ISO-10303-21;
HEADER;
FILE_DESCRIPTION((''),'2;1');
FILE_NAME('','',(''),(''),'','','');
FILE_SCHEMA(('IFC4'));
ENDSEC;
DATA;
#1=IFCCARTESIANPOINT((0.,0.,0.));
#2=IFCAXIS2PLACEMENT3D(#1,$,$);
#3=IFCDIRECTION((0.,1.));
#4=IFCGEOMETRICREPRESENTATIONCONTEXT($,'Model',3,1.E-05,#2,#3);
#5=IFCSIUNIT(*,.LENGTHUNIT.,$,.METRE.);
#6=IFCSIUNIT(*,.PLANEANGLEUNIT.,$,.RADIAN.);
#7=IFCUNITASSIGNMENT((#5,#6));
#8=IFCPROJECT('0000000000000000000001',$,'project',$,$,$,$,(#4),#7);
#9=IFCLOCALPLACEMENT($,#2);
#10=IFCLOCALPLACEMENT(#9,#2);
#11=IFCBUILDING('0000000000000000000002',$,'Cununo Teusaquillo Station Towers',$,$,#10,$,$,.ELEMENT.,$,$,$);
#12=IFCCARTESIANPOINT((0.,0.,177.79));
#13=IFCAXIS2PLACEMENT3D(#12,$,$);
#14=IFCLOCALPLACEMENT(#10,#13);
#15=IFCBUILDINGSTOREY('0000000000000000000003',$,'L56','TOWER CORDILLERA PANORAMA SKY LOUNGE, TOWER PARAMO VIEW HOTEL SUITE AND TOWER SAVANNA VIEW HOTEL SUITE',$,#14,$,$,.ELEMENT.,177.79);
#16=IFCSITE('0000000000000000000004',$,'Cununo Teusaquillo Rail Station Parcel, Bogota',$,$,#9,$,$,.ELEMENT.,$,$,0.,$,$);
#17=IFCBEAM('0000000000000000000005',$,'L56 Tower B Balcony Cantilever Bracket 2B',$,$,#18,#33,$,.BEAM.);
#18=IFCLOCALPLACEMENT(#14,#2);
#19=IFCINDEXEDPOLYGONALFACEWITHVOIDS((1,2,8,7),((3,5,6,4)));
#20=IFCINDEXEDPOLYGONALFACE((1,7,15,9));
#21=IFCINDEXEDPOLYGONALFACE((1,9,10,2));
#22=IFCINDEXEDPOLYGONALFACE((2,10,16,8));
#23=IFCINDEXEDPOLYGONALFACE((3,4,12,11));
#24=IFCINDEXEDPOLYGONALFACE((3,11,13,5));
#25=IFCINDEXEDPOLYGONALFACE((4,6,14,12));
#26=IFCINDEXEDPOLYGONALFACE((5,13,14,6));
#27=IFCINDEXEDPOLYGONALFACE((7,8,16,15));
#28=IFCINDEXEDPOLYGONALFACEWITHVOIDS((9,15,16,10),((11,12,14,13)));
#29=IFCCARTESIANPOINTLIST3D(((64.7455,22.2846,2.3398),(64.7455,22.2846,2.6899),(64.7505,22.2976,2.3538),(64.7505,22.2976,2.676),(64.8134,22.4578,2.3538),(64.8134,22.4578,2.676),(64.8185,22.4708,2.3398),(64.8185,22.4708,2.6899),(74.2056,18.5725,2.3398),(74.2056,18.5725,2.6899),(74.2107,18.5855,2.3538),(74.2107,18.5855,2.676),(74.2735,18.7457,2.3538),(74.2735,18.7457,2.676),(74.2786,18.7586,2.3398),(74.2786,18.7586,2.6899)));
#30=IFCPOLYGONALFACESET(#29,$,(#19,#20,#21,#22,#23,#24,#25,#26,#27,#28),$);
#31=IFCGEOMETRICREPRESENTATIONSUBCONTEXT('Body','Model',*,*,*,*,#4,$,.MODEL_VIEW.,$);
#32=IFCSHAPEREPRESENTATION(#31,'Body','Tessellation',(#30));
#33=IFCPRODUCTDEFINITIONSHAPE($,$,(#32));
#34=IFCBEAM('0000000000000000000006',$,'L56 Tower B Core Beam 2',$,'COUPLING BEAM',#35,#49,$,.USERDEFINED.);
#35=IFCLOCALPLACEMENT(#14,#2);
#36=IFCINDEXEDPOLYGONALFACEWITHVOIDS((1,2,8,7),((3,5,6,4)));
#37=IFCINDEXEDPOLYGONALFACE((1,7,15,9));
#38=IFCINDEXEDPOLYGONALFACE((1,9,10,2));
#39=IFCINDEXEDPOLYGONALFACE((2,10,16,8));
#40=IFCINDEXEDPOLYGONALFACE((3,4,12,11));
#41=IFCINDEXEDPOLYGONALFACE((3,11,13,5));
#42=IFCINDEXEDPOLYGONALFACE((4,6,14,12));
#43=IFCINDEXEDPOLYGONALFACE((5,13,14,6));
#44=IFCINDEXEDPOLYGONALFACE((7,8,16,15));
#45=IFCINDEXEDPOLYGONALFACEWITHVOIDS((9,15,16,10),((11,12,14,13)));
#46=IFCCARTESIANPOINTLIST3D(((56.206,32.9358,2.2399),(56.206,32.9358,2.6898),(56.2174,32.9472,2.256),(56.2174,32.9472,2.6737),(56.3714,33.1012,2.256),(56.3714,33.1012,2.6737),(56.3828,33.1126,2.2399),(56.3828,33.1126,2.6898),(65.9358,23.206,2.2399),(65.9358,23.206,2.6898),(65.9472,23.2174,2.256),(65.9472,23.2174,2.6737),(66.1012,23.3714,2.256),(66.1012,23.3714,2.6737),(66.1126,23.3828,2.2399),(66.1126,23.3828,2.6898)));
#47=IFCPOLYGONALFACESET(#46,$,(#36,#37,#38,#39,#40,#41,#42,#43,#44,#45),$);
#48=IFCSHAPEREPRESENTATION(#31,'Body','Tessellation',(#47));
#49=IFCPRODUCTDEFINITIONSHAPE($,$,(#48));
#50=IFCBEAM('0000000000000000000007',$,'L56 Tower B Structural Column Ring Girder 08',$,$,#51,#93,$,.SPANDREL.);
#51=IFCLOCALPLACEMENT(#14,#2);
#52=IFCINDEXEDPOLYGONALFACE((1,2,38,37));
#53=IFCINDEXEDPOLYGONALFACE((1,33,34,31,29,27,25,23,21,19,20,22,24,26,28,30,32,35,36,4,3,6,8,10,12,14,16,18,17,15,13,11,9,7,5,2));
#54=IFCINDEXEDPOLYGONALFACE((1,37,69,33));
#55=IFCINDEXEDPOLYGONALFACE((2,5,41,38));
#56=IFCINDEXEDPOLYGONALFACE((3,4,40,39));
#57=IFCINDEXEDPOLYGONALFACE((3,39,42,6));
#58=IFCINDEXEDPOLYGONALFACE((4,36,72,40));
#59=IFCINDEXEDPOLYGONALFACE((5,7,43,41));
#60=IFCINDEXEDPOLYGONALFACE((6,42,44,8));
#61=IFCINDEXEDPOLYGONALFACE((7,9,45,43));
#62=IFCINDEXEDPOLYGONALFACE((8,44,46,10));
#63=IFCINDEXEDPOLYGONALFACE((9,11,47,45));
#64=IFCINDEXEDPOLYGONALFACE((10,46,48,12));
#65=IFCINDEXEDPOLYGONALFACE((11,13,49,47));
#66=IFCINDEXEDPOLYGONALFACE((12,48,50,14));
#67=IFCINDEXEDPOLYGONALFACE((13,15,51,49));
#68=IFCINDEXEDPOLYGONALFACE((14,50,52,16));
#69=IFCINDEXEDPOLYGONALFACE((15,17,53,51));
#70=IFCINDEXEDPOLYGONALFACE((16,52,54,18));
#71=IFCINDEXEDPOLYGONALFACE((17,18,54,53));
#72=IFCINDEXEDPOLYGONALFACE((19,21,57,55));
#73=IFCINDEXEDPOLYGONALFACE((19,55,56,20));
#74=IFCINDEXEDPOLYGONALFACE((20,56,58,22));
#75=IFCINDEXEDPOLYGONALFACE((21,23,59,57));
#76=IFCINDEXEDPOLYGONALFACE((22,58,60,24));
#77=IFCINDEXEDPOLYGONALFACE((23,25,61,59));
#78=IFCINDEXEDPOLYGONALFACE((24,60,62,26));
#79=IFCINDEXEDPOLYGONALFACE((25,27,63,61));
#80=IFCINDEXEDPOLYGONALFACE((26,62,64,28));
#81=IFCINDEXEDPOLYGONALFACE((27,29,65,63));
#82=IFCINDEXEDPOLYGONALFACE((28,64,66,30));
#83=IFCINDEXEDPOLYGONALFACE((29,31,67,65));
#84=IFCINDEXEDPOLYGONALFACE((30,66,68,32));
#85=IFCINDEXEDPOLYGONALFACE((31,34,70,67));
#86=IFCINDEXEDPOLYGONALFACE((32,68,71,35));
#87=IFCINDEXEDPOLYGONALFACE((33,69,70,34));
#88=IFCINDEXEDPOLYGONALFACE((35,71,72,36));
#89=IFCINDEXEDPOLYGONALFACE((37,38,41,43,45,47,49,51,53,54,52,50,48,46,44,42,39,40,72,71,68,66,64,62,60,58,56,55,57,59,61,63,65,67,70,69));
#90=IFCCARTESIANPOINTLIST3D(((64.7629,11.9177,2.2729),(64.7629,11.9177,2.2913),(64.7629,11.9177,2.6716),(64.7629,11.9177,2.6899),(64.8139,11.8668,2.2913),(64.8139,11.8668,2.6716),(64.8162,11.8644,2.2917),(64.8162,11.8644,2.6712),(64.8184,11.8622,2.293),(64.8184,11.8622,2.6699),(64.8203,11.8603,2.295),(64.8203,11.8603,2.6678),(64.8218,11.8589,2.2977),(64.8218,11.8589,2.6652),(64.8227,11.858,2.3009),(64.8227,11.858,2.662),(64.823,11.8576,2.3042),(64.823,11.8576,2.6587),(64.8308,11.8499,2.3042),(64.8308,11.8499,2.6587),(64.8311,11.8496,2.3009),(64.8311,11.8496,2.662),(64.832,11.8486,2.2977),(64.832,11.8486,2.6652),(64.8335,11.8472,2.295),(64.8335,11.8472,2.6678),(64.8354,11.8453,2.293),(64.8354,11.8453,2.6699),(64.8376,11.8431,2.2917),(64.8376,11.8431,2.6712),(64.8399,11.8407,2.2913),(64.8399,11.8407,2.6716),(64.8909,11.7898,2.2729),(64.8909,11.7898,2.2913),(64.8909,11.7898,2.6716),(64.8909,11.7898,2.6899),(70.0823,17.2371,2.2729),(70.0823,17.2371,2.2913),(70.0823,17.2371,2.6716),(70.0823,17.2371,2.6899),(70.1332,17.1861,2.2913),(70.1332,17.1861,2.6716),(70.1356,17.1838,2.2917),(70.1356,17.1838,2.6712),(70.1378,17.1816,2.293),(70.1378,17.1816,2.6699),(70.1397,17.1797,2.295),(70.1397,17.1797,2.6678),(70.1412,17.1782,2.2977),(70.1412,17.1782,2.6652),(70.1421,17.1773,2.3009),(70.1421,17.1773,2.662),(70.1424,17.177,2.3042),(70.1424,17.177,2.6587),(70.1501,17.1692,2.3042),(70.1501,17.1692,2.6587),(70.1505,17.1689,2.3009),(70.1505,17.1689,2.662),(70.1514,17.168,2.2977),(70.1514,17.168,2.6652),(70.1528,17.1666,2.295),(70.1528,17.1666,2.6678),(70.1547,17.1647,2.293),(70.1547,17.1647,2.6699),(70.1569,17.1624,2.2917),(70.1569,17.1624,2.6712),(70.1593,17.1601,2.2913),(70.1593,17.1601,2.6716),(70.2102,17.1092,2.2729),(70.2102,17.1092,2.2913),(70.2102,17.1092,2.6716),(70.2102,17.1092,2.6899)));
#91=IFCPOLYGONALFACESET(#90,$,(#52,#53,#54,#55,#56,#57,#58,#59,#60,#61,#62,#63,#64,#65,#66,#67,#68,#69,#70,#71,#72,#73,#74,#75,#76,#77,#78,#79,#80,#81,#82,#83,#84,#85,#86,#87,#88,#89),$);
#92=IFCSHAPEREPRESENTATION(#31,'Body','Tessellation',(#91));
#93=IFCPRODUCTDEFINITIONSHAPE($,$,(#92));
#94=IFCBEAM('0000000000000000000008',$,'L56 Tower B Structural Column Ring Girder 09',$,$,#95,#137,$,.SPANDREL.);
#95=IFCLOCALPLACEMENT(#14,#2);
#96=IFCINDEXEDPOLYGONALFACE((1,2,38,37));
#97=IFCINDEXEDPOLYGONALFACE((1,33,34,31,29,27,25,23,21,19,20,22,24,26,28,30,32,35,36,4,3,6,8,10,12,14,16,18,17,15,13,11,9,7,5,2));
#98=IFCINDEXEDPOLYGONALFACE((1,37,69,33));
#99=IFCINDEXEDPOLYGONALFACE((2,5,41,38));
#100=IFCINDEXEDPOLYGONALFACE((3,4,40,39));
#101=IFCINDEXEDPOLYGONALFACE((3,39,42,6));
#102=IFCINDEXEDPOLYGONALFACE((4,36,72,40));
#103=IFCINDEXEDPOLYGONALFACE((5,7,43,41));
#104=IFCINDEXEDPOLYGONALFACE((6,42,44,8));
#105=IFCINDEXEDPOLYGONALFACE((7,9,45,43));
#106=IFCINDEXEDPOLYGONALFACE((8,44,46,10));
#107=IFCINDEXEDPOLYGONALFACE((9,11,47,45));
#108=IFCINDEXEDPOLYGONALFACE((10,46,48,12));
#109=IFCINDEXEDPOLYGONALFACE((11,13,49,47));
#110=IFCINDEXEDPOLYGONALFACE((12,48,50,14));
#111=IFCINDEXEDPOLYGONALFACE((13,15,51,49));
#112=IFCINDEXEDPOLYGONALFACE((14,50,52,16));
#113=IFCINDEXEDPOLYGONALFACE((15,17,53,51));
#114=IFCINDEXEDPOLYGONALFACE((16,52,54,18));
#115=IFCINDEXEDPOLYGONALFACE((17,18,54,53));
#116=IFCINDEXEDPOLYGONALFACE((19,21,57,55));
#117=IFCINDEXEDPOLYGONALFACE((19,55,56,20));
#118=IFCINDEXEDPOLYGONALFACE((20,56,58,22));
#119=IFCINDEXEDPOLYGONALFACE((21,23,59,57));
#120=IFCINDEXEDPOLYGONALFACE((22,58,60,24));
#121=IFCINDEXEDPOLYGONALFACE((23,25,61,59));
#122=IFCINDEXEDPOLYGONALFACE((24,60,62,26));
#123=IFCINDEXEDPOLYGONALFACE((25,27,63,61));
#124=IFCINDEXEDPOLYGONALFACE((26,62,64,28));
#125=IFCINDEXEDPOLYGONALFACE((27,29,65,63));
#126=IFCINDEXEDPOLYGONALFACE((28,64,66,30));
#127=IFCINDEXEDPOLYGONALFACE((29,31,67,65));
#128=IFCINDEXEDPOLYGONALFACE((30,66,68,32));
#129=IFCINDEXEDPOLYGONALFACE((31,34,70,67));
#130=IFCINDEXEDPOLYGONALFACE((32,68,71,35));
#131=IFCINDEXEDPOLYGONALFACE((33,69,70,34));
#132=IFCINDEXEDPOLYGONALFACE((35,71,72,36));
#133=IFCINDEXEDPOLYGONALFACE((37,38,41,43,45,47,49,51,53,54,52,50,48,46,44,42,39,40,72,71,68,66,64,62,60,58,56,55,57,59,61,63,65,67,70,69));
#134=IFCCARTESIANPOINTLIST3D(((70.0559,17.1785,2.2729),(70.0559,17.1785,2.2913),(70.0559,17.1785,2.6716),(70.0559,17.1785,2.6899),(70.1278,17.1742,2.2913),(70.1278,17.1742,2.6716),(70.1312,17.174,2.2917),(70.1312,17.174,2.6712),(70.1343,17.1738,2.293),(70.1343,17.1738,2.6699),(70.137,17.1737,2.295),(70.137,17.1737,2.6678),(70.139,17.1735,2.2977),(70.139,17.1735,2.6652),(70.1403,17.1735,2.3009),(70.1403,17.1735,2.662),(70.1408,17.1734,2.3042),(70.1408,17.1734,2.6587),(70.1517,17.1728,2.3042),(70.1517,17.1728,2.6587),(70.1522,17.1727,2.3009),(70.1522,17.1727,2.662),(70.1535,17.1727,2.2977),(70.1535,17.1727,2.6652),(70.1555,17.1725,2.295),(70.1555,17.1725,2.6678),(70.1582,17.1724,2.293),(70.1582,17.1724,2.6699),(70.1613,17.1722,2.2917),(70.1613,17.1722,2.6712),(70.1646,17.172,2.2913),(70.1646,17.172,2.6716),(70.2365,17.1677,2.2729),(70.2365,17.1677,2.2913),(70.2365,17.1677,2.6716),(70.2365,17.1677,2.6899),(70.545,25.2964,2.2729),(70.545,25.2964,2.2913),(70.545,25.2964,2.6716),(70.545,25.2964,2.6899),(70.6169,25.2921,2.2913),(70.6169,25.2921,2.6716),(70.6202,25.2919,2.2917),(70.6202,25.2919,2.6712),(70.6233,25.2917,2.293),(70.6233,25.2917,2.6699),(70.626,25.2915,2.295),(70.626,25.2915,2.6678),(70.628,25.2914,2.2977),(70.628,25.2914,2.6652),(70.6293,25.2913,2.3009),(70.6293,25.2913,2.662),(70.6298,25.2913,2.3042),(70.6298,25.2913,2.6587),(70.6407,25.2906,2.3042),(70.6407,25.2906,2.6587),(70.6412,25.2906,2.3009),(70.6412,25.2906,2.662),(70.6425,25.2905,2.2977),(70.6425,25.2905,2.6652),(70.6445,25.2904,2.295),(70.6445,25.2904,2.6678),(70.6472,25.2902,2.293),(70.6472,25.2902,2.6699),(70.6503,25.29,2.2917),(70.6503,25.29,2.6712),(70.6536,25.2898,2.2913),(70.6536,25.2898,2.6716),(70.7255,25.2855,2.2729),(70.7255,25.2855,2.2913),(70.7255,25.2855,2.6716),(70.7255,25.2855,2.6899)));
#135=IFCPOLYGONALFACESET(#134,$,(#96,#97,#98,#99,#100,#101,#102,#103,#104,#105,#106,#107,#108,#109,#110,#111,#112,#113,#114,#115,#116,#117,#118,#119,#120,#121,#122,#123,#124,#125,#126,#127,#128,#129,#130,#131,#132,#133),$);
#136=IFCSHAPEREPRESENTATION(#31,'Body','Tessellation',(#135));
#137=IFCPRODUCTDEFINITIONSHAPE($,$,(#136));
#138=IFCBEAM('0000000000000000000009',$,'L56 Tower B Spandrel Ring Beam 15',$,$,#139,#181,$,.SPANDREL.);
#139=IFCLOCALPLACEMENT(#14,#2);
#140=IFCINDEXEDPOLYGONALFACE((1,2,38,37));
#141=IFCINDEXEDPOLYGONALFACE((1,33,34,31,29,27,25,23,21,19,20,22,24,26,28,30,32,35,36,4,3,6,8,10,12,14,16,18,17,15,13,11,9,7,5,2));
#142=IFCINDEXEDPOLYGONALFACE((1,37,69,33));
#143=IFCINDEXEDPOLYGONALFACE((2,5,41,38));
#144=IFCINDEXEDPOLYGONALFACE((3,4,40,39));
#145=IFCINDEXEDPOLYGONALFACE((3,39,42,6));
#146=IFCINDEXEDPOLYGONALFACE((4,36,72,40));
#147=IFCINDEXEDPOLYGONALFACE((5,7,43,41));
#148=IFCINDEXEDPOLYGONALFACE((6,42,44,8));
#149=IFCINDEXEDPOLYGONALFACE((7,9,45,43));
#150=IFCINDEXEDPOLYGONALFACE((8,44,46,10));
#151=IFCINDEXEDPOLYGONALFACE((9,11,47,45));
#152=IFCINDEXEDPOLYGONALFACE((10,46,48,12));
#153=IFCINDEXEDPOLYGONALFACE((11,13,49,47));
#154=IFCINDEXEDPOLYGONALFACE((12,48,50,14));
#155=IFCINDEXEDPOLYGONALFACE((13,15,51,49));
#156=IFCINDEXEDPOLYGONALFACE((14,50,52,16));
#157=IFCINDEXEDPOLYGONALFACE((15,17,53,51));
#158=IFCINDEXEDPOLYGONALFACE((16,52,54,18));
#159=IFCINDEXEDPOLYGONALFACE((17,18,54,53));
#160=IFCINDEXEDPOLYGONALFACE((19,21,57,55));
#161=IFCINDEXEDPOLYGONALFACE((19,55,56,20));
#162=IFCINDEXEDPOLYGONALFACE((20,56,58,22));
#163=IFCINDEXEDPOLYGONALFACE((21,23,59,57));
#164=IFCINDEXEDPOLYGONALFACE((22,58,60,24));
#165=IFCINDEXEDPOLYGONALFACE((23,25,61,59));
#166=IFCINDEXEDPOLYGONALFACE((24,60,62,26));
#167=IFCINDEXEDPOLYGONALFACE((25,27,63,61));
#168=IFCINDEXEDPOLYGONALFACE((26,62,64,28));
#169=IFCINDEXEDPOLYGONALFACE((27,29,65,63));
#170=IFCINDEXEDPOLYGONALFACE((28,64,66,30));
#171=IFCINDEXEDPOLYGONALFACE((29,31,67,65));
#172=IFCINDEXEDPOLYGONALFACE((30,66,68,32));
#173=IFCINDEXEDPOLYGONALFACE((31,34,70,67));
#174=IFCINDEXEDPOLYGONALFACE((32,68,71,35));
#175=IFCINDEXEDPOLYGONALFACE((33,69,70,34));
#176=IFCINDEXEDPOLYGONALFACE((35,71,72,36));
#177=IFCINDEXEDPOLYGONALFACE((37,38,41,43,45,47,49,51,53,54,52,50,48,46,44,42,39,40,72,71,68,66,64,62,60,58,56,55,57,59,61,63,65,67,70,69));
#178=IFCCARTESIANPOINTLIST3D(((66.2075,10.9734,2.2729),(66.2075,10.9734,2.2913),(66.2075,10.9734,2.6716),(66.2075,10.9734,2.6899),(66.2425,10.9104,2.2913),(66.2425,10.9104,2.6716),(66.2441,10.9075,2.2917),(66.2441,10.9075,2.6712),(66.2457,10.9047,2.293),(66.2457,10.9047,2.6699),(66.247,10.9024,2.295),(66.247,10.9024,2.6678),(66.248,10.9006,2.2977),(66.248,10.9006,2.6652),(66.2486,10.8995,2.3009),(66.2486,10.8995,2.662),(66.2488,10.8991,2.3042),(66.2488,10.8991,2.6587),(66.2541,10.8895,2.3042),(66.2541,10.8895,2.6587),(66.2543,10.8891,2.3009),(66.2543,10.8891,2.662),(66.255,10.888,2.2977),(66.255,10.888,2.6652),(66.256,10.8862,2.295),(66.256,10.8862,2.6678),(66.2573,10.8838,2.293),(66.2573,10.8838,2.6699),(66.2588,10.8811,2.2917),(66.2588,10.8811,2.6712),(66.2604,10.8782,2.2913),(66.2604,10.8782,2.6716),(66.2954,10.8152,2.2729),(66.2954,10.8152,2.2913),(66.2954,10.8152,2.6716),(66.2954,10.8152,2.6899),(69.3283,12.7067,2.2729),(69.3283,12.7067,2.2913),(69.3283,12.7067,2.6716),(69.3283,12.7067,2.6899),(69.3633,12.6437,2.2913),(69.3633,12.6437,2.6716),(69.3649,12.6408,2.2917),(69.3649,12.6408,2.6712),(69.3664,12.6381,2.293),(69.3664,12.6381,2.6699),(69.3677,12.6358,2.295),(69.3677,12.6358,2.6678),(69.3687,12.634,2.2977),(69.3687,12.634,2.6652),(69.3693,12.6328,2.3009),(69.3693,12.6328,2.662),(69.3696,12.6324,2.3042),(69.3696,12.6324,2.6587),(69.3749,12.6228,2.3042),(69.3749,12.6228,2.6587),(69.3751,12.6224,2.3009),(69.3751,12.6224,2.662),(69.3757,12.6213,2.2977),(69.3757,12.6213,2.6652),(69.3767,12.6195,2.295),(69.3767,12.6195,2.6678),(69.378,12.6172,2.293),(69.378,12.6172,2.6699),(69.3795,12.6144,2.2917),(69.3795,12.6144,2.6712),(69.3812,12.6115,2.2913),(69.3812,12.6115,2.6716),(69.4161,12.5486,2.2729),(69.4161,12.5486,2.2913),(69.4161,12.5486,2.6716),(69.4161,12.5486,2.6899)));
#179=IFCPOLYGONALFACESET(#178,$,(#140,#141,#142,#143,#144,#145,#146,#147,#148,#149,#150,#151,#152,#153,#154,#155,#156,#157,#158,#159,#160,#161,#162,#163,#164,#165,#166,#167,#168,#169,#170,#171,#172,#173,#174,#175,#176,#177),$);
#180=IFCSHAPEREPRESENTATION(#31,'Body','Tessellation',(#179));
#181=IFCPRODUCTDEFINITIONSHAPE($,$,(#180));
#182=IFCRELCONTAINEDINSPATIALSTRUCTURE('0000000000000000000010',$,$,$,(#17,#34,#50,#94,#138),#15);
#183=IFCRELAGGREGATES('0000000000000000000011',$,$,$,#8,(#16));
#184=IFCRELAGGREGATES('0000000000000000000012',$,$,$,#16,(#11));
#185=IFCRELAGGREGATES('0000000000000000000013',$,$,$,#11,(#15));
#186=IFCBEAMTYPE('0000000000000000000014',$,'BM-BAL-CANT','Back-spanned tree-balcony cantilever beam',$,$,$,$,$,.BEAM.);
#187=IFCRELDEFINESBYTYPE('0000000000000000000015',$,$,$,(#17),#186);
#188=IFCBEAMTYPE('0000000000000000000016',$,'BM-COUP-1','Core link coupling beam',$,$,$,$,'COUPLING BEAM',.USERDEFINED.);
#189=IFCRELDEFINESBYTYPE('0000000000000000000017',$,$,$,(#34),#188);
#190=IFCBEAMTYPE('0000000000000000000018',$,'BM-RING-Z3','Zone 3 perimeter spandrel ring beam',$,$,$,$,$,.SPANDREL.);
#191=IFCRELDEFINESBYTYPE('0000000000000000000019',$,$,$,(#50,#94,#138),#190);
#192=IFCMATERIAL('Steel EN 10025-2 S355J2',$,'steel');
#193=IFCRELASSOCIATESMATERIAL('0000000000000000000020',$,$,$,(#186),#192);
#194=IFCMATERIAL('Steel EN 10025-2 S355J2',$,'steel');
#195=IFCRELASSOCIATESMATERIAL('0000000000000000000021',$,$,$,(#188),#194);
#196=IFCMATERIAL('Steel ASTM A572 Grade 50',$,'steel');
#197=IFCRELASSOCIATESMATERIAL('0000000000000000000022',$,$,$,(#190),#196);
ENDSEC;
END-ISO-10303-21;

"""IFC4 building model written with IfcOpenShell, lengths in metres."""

from ifc_helpers import new_model, si_unit, direction, frame, origin, origin_2d, place, context, subcontext, project, spatial, hollow_rectangle, i_section, extrude, material, material_profile, profile_set, type_object, element, save


model = new_model("IFC4")

# Units and contexts
model_context = context("Model", 3, precision=1e-05, world=origin(), true_north=direction((0.0, 1.0)))
body_context = subcontext(model_context, "Body", "Model", "MODEL_VIEW")
ifc_project = project(units=[si_unit("LENGTHUNIT", "METRE"), si_unit("PLANEANGLEUNIT", "RADIAN")], contexts=[model_context])

# Site, building, storey
site_placement = place(None, origin())
site = spatial("IfcSite", under=ifc_project, at=site_placement, Name="Cununo Teusaquillo Rail Station Parcel, Bogota", CompositionType="ELEMENT", RefElevation=0.0)
building_placement = place(site_placement, origin())
building = spatial("IfcBuilding", under=site, at=building_placement, Name="Cununo Teusaquillo Station Towers", CompositionType="ELEMENT")
storey_placement = place(building_placement, frame((0.0, 0.0, 177.79)))
storey = spatial("IfcBuildingStorey", under=building, at=storey_placement, Name="L56", Description="TOWER CORDILLERA PANORAMA SKY LOUNGE, TOWER PARAMO VIEW HOTEL SUITE AND TOWER SAVANNA VIEW HOTEL SUITE", CompositionType="ELEMENT", Elevation=177.79)

# Beams
ifc_material_1 = material(Name="Steel EN 10025-2 S355J2", Category="steel")
ifc_material_profile_1 = material_profile(ifc_material_1, hollow_rectangle(XDim=0.2, YDim=0.3501, WallThickness=0.0139, at=origin_2d()), Name="RHS 350x200x14")
ifc_profile_set_1 = profile_set([ifc_material_profile_1], Name="Steel EN 10025-2 S355J2")
beam_type_1 = type_object("IfcBeamType", Name="BM-BAL-CANT", Description="Back-spanned tree-balcony cantilever beam", PredefinedType="BEAM", material=ifc_profile_set_1)
beam_1_placement = place(storey_placement, frame((64.782, 22.3777, 2.5149), z_axis=(0.930897, -0.365281, 0.0), x_axis=(0.365281, 0.930897, 0.0)))
element("IfcBeam", 1, at=beam_1_placement, inside=storey, type_object=beam_type_1, Name="L56 Tower B Balcony Cantilever Bracket 2B", PredefinedType="BEAM", context=body_context, shape_type="SweptSolid", body=[
    extrude(hollow_rectangle(XDim=0.2, YDim=0.3501, WallThickness=0.0139, at=origin_2d()), origin(), (0.0, 0.0, 1.0), 10.1624),
])
ifc_material_2 = material(Name="Steel EN 10025-2 S355J2", Category="steel")
ifc_material_profile_2 = material_profile(ifc_material_2, hollow_rectangle(XDim=0.25, YDim=0.45, WallThickness=0.0161, at=origin_2d()), Name="RHS 450x250x16")
ifc_profile_set_2 = profile_set([ifc_material_profile_2], Name="Steel EN 10025-2 S355J2")
beam_type_2 = type_object("IfcBeamType", Name="BM-COUP-1", Description="Core link coupling beam", ElementType="COUPLING BEAM", PredefinedType="USERDEFINED", material=ifc_profile_set_2)
beam_2_placement = place(storey_placement, frame((66.0242, 23.2944, 2.4648), z_axis=(-0.707107, 0.707107, 0.0), x_axis=(-0.707107, -0.707107, 0.0)))
element("IfcBeam", 2, at=beam_2_placement, inside=storey, type_object=beam_type_2, Name="L56 Tower B Core Beam 2", ObjectType="COUPLING BEAM", PredefinedType="USERDEFINED", context=body_context, shape_type="SweptSolid", body=[
    extrude(hollow_rectangle(XDim=0.25, YDim=0.45, WallThickness=0.0161, at=origin_2d()), origin(), (0.0, 0.0, 1.0), 13.76),
])
ifc_material_3 = material(Name="Steel ASTM A572 Grade 50", Category="steel")
ifc_material_profile_3 = material_profile(ifc_material_3, i_section(OverallWidth=0.1809, OverallDepth=0.417, WebThickness=0.011, FlangeThickness=0.0183, FilletRadius=0.0129, at=origin_2d()), Name="W16X57")
ifc_profile_set_3 = profile_set([ifc_material_profile_3], Name="Steel ASTM A572 Grade 50")
beam_type_3 = type_object("IfcBeamType", Name="BM-RING-Z3", Description="Zone 3 perimeter spandrel ring beam", PredefinedType="SPANDREL", material=ifc_profile_set_3)
beam_3_placement = place(storey_placement, frame((64.8269, 11.8538, 2.4814), z_axis=(0.707107, 0.707107, 0.0), x_axis=(-0.707107, 0.707107, 0.0)))
element("IfcBeam", 3, at=beam_3_placement, inside=storey, type_object=beam_type_3, Name="L56 Tower B Structural Column Ring Girder 08", PredefinedType="SPANDREL", context=body_context, shape_type="SweptSolid", body=[
    extrude(i_section(OverallWidth=0.1809, OverallDepth=0.417, WebThickness=0.011, FlangeThickness=0.0183, FilletRadius=0.0129, at=origin_2d()), origin(), (0.0, 0.0, 1.0), 7.5227),
])
beam_4_placement = place(storey_placement, frame((70.1462, 17.1731, 2.4814), z_axis=(0.06013, 0.998191, 0.0), x_axis=(-0.998191, 0.06013, 0.0)))
element("IfcBeam", 4, at=beam_4_placement, inside=storey, type_object=beam_type_3, Name="L56 Tower B Structural Column Ring Girder 09", PredefinedType="SPANDREL", context=body_context, shape_type="SweptSolid", body=[
    extrude(i_section(OverallWidth=0.1809, OverallDepth=0.417, WebThickness=0.011, FlangeThickness=0.0183, FilletRadius=0.0129, at=origin_2d()), origin(), (0.0, 0.0, 1.0), 8.1326),
])
for number, where, z_axis, x_axis, name in (
    (5, (66.2515, 10.8943, 2.4814), (0.874206, 0.485556, 0.0), (-0.485556, 0.874206, 0.0), "L56 Tower B Spandrel Ring Beam 15"),
):
    element("IfcBeam", number, at=place(storey_placement, frame(where, z_axis=z_axis, x_axis=x_axis)), inside=storey, type_object=beam_type_3, Name=name, PredefinedType="SPANDREL", context=body_context, shape_type="SweptSolid", body=[
        extrude(i_section(OverallWidth=0.1809, OverallDepth=0.417, WebThickness=0.011, FlangeThickness=0.0183, FilletRadius=0.0129, at=origin_2d()), origin(), (0.0, 0.0, 1.0), 3.5698),
    ])

save(model, "model.ifc")
